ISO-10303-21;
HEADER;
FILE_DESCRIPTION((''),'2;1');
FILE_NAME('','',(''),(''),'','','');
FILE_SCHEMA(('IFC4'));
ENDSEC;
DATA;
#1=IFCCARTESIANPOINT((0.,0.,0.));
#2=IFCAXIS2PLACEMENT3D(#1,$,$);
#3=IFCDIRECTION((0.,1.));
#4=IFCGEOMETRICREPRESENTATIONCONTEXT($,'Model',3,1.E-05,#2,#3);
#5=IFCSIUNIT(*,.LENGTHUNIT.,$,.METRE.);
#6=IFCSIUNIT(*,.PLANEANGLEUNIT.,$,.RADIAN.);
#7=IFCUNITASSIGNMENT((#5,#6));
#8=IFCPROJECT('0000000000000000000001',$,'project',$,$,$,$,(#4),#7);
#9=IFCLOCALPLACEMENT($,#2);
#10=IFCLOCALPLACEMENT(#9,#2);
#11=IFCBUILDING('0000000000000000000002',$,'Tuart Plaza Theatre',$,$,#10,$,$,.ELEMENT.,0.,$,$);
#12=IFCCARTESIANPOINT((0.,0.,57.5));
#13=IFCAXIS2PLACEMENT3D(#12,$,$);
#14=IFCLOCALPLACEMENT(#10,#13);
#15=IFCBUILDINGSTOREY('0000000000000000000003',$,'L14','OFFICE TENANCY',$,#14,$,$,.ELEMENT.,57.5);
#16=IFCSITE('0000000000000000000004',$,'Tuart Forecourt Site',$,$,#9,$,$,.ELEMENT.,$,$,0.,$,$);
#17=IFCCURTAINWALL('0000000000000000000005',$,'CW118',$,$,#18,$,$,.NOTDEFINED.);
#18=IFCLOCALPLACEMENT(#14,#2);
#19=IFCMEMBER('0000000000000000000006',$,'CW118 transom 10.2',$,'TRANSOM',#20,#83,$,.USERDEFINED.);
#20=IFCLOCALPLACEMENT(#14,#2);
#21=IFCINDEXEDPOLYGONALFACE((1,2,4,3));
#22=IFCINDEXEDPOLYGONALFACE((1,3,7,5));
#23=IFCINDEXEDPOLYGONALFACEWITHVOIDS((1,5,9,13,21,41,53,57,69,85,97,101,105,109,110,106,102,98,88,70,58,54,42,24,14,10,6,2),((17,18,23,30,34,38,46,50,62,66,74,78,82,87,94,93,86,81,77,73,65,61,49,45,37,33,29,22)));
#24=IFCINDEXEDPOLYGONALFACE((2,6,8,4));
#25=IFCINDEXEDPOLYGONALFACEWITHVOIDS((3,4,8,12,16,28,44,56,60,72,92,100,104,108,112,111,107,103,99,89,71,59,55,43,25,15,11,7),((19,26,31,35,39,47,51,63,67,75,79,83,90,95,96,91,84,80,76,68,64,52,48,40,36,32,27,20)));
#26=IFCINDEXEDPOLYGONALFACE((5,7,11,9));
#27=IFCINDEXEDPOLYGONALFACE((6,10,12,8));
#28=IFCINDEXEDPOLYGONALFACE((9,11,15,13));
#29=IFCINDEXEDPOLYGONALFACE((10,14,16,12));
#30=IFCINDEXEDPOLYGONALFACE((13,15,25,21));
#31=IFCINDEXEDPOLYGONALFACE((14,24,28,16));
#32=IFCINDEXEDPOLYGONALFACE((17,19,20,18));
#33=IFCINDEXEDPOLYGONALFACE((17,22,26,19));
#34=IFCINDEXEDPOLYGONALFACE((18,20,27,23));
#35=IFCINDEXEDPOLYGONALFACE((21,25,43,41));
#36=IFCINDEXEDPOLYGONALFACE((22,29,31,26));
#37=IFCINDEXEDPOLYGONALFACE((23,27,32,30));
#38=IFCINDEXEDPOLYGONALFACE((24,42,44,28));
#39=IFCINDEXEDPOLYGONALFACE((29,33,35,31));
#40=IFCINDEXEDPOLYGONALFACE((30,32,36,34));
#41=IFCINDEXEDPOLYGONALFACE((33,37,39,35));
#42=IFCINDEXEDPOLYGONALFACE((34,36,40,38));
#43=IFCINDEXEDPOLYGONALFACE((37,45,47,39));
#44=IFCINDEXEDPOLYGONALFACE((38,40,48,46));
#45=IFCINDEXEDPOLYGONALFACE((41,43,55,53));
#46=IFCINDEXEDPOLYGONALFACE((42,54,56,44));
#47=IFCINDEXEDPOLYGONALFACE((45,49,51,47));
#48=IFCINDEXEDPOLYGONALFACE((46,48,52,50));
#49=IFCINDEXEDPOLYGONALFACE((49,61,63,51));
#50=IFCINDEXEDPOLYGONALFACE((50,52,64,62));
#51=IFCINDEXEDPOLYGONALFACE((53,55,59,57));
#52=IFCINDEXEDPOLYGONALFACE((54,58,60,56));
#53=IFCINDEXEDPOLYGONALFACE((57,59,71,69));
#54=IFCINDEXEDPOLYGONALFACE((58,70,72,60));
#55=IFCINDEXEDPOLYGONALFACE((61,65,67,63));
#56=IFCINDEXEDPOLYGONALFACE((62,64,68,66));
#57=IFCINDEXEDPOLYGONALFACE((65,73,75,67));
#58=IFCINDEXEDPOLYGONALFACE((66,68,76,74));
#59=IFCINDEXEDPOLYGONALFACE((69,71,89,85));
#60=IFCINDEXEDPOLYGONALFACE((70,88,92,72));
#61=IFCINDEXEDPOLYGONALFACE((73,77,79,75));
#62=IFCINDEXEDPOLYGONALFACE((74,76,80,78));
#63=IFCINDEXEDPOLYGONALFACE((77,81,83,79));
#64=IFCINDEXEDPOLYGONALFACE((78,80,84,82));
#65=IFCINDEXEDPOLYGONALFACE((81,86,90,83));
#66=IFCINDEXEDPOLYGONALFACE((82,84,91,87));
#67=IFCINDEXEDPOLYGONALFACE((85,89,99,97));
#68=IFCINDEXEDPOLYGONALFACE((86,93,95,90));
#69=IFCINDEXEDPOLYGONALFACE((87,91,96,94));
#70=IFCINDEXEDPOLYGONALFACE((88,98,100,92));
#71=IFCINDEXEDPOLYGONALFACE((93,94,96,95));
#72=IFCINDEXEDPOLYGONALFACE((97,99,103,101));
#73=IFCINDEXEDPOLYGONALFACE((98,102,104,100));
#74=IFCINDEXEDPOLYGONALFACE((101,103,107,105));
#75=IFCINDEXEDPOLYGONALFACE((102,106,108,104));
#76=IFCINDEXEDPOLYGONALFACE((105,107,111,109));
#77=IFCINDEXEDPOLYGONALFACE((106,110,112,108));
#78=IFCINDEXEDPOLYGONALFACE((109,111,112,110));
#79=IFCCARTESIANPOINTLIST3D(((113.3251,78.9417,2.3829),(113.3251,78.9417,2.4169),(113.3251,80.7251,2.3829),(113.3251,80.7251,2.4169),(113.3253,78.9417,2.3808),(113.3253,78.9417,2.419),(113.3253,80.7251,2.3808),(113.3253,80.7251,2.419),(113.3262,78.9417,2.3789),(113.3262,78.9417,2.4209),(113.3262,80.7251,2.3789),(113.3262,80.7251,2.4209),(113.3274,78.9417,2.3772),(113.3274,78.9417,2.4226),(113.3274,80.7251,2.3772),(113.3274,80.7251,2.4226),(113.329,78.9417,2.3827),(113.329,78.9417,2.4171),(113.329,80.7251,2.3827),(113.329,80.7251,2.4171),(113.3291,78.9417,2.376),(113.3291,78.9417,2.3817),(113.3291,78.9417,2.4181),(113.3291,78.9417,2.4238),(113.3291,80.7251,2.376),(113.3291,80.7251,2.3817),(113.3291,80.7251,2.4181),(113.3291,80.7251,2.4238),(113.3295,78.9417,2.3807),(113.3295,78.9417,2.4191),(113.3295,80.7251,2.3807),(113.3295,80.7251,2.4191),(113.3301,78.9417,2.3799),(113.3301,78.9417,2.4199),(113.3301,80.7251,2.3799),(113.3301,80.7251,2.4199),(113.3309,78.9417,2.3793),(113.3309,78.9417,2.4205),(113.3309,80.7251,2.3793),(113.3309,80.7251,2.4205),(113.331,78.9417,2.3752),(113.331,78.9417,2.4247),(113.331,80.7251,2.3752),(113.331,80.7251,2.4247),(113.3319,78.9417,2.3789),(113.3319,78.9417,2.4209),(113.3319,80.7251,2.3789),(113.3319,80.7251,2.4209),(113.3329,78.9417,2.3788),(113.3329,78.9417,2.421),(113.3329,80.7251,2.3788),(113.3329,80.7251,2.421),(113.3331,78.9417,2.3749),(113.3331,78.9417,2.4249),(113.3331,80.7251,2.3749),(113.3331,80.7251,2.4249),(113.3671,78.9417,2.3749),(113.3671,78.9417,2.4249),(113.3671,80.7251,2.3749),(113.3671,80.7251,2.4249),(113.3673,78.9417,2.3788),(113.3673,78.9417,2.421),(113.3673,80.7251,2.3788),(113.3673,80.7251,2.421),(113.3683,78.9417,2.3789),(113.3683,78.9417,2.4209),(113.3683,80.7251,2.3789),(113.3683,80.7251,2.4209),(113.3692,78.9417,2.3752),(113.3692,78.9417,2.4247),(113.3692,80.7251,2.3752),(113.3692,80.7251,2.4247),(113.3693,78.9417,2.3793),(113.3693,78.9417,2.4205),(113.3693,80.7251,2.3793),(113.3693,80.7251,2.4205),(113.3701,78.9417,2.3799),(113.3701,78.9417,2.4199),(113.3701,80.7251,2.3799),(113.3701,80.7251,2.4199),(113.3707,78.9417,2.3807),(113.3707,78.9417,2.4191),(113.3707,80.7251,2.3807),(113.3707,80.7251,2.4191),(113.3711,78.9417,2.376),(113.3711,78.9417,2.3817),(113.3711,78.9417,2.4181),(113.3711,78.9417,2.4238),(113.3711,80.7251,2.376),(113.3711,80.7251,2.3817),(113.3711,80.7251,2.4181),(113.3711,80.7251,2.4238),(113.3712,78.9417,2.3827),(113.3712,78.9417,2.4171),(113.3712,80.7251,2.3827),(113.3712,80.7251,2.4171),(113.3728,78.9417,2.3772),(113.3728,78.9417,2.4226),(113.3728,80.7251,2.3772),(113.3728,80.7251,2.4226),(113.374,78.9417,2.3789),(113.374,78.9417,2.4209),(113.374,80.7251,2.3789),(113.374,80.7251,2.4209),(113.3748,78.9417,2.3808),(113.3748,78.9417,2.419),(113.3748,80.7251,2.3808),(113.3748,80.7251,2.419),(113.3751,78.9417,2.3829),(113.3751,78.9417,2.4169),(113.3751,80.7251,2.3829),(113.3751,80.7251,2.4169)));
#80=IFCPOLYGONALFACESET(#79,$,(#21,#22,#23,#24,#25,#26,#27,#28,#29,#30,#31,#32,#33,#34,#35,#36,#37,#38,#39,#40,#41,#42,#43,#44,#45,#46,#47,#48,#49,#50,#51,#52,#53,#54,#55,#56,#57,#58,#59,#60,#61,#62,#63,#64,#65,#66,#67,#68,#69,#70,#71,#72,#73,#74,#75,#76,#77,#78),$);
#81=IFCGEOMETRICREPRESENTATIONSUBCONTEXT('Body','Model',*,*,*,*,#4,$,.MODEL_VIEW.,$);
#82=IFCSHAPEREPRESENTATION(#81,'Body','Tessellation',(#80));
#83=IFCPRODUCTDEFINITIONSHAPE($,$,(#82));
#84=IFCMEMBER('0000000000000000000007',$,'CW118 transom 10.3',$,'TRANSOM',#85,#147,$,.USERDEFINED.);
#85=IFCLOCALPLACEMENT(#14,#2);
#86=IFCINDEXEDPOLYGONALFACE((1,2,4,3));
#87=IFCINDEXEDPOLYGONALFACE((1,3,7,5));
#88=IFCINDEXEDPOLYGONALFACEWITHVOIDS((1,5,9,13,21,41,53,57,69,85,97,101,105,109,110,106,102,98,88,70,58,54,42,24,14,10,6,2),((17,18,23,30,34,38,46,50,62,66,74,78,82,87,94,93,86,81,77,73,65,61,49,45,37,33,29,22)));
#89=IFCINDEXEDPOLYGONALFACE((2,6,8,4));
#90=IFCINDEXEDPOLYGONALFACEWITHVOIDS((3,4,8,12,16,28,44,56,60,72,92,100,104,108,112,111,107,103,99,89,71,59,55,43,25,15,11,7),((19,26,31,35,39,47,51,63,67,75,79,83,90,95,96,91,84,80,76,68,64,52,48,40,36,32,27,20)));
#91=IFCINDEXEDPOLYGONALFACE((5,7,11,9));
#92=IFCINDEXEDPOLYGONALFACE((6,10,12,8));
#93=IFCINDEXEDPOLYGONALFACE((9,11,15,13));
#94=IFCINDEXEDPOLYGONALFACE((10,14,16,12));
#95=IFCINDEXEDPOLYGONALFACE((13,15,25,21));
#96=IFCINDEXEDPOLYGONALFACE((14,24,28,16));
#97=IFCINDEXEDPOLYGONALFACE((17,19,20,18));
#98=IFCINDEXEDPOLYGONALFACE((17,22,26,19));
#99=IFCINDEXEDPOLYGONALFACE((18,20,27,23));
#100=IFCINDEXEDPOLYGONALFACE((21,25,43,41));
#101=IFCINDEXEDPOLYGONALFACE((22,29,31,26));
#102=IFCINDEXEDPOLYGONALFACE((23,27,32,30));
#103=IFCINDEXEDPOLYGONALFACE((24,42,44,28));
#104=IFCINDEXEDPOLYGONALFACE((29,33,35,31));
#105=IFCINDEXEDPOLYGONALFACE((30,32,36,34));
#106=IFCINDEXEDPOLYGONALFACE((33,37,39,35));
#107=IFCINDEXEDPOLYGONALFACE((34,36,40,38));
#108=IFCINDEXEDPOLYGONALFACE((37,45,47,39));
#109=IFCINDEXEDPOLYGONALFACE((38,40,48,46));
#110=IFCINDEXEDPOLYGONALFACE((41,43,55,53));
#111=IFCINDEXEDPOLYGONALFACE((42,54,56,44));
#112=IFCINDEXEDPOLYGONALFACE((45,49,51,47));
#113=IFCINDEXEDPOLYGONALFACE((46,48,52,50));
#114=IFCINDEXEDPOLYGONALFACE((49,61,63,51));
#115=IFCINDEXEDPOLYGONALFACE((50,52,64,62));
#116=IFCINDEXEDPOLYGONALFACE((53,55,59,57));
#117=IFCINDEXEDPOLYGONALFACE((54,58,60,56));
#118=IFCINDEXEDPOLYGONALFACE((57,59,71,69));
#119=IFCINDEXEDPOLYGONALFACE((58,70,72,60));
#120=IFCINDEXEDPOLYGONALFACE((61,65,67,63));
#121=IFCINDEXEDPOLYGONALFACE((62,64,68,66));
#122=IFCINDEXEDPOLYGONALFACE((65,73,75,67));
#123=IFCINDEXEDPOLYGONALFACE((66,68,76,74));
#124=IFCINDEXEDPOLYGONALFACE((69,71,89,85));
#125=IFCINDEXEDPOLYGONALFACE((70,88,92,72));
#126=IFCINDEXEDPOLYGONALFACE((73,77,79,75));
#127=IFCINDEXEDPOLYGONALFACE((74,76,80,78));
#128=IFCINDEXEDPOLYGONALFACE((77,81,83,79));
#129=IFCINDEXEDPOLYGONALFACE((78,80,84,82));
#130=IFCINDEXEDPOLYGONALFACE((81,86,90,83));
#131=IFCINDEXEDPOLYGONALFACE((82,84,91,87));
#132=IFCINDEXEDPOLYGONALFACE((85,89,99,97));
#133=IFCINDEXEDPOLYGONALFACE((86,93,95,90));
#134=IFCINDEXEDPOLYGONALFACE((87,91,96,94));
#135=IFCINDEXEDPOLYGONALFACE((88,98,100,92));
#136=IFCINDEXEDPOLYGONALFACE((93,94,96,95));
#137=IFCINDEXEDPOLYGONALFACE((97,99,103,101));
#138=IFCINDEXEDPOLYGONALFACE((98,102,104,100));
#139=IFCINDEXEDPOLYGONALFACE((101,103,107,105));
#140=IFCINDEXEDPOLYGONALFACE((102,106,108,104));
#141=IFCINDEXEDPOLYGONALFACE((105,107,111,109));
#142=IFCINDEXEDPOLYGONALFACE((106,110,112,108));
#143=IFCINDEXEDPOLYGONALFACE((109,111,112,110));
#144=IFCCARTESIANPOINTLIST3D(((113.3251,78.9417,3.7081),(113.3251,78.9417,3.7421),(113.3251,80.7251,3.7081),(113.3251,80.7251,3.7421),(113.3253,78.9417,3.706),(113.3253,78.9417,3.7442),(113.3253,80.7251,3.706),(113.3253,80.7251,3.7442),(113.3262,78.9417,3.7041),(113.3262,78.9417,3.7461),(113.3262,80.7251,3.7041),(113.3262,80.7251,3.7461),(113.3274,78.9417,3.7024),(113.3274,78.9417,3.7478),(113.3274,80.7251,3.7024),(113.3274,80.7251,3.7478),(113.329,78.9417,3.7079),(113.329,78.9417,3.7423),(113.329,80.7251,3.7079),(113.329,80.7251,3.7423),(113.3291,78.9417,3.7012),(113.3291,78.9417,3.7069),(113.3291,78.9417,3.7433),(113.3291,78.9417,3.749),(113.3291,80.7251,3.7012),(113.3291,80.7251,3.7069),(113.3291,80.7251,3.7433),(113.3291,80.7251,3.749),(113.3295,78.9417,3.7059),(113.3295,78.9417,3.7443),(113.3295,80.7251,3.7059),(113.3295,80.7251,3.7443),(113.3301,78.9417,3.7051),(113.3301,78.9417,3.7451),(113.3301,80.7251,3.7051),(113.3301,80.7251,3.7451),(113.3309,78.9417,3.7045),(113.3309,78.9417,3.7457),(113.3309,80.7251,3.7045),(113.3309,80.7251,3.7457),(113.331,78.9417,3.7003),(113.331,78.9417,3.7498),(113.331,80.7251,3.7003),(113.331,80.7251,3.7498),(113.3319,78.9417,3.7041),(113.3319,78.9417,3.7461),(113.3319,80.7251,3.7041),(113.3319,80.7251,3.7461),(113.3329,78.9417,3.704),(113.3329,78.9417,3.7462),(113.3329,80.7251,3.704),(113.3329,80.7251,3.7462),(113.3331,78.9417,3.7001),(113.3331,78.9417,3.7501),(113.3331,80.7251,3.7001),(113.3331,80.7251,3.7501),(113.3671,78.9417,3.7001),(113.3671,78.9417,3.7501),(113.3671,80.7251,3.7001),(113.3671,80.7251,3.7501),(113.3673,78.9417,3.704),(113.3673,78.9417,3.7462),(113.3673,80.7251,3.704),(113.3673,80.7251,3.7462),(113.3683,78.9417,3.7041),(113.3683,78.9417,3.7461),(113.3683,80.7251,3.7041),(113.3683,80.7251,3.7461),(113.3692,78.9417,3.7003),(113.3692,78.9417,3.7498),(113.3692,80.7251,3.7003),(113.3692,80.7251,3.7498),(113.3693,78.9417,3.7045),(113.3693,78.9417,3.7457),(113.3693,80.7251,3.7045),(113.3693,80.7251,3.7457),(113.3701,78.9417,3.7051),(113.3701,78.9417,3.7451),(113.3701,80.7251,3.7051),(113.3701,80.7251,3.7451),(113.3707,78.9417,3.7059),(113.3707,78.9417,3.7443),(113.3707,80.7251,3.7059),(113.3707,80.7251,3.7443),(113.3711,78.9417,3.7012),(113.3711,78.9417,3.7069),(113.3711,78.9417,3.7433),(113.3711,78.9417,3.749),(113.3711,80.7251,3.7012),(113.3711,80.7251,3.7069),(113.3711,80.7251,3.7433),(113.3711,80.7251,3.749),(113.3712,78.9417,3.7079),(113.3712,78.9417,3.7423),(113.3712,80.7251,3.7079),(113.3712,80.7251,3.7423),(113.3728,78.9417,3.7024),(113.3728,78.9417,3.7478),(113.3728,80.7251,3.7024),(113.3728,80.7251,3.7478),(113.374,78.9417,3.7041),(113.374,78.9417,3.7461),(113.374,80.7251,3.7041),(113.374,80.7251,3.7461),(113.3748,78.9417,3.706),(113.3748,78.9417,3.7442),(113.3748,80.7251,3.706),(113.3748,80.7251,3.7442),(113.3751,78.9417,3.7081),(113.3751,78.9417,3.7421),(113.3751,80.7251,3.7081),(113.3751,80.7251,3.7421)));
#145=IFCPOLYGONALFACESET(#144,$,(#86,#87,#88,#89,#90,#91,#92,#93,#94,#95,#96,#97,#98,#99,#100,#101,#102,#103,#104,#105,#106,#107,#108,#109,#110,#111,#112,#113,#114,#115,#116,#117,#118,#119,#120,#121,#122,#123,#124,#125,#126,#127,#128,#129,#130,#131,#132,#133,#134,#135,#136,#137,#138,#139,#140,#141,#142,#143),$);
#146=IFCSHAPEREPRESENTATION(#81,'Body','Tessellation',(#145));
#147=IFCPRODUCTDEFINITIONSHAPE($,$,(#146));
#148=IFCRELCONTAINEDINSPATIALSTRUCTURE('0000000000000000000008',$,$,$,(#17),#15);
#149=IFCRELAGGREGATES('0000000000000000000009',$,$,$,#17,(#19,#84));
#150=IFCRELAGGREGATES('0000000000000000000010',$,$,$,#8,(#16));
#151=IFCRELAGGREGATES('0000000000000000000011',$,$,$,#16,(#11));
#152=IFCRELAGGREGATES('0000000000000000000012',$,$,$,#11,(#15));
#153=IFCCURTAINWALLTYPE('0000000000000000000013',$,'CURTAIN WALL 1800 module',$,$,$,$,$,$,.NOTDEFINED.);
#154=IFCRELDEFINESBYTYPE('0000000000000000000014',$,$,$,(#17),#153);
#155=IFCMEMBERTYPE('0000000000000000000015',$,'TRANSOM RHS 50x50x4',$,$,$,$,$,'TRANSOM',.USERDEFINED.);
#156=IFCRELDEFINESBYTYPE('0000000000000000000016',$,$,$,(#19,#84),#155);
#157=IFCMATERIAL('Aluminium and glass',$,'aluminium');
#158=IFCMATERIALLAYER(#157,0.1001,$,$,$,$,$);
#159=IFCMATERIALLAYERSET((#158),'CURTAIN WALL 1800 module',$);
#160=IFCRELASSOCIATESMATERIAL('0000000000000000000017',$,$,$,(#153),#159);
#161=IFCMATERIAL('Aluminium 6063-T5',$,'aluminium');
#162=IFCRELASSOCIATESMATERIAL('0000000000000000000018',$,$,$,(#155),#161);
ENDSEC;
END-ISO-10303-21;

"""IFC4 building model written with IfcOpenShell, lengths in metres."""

from ifc_helpers import new_model, si_unit, direction, frame, origin, origin_2d, place, context, subcontext, project, spatial, hollow_rectangle, extrude, material, layer, layer_set, material_profile, profile_set, type_object, element, aggregate, save


model = new_model("IFC4")

# Units and contexts
model_context = context("Model", 3, precision=1e-05, world=origin(), true_north=direction((0.0, 1.0)))
body_context = subcontext(model_context, "Body", "Model", "MODEL_VIEW")
ifc_project = project(units=[si_unit("LENGTHUNIT", "METRE"), si_unit("PLANEANGLEUNIT", "RADIAN")], contexts=[model_context])

# Site, building, storey
site_placement = place(None, origin())
site = spatial("IfcSite", under=ifc_project, at=site_placement, Name="Tuart Forecourt Site", CompositionType="ELEMENT", RefElevation=0.0)
building_placement = place(site_placement, origin())
building = spatial("IfcBuilding", under=site, at=building_placement, Name="Tuart Plaza Theatre", CompositionType="ELEMENT", ElevationOfRefHeight=0.0)
storey_placement = place(building_placement, frame((0.0, 0.0, 57.5)))
storey = spatial("IfcBuildingStorey", under=building, at=storey_placement, Name="L14", Description="OFFICE TENANCY", CompositionType="ELEMENT", Elevation=57.5)

# Curtain wall, members
ifc_material_1 = material(Name="Aluminium and glass", Category="aluminium")
ifc_layer_1 = layer(ifc_material_1, 0.1001)
ifc_layer_set_1 = layer_set([ifc_layer_1], Name="CURTAIN WALL 1800 module")
curtain_wall_type = type_object("IfcCurtainWallType", Name="CURTAIN WALL 1800 module", PredefinedType="NOTDEFINED", material=ifc_layer_set_1)
curtain_wall_placement = place(storey_placement, origin())
curtain_wall = element("IfcCurtainWall", 1, at=curtain_wall_placement, inside=storey, type_object=curtain_wall_type, Name="CW118", PredefinedType="NOTDEFINED")
ifc_material_2 = material(Name="Aluminium 6063-T5", Category="aluminium")
ifc_material_profile = material_profile(ifc_material_2, hollow_rectangle(XDim=0.05, YDim=0.05, WallThickness=0.0039, InnerFilletRadius=0.0039, OuterFilletRadius=0.0081, at=origin_2d()), Name="RHS 50x50x4")
ifc_profile_set = profile_set([ifc_material_profile], Name="Aluminium 6063-T5")
member_type = type_object("IfcMemberType", Name="TRANSOM RHS 50x50x4", ElementType="TRANSOM", PredefinedType="USERDEFINED", material=ifc_profile_set)
member_1_placement = place(storey_placement, frame((113.3501, 80.7251, 2.3999), z_axis=(0.0, -1.0, 0.0), x_axis=(1.0, 0.0, 0.0)))
member_1 = element("IfcMember", 2, at=member_1_placement, type_object=member_type, Name="CW118 transom 10.2", ObjectType="TRANSOM", PredefinedType="USERDEFINED", context=body_context, shape_type="SweptSolid", body=[
    extrude(hollow_rectangle(XDim=0.05, YDim=0.05, WallThickness=0.0039, InnerFilletRadius=0.0039, OuterFilletRadius=0.0081, at=origin_2d()), origin(), (0.0, 0.0, 1.0), 1.7834),
])
member_2_placement = place(storey_placement, frame((113.3501, 80.7251, 3.7251), z_axis=(0.0, -1.0, 0.0), x_axis=(1.0, 0.0, 0.0)))
member_2 = element("IfcMember", 3, at=member_2_placement, type_object=member_type, Name="CW118 transom 10.3", ObjectType="TRANSOM", PredefinedType="USERDEFINED", context=body_context, shape_type="SweptSolid", body=[
    extrude(hollow_rectangle(XDim=0.05, YDim=0.05, WallThickness=0.0039, InnerFilletRadius=0.0039, OuterFilletRadius=0.0081, at=origin_2d()), origin(), (0.0, 0.0, 1.0), 1.7834),
])
aggregate(curtain_wall, [member_1, member_2])

save(model, "model.ifc")
